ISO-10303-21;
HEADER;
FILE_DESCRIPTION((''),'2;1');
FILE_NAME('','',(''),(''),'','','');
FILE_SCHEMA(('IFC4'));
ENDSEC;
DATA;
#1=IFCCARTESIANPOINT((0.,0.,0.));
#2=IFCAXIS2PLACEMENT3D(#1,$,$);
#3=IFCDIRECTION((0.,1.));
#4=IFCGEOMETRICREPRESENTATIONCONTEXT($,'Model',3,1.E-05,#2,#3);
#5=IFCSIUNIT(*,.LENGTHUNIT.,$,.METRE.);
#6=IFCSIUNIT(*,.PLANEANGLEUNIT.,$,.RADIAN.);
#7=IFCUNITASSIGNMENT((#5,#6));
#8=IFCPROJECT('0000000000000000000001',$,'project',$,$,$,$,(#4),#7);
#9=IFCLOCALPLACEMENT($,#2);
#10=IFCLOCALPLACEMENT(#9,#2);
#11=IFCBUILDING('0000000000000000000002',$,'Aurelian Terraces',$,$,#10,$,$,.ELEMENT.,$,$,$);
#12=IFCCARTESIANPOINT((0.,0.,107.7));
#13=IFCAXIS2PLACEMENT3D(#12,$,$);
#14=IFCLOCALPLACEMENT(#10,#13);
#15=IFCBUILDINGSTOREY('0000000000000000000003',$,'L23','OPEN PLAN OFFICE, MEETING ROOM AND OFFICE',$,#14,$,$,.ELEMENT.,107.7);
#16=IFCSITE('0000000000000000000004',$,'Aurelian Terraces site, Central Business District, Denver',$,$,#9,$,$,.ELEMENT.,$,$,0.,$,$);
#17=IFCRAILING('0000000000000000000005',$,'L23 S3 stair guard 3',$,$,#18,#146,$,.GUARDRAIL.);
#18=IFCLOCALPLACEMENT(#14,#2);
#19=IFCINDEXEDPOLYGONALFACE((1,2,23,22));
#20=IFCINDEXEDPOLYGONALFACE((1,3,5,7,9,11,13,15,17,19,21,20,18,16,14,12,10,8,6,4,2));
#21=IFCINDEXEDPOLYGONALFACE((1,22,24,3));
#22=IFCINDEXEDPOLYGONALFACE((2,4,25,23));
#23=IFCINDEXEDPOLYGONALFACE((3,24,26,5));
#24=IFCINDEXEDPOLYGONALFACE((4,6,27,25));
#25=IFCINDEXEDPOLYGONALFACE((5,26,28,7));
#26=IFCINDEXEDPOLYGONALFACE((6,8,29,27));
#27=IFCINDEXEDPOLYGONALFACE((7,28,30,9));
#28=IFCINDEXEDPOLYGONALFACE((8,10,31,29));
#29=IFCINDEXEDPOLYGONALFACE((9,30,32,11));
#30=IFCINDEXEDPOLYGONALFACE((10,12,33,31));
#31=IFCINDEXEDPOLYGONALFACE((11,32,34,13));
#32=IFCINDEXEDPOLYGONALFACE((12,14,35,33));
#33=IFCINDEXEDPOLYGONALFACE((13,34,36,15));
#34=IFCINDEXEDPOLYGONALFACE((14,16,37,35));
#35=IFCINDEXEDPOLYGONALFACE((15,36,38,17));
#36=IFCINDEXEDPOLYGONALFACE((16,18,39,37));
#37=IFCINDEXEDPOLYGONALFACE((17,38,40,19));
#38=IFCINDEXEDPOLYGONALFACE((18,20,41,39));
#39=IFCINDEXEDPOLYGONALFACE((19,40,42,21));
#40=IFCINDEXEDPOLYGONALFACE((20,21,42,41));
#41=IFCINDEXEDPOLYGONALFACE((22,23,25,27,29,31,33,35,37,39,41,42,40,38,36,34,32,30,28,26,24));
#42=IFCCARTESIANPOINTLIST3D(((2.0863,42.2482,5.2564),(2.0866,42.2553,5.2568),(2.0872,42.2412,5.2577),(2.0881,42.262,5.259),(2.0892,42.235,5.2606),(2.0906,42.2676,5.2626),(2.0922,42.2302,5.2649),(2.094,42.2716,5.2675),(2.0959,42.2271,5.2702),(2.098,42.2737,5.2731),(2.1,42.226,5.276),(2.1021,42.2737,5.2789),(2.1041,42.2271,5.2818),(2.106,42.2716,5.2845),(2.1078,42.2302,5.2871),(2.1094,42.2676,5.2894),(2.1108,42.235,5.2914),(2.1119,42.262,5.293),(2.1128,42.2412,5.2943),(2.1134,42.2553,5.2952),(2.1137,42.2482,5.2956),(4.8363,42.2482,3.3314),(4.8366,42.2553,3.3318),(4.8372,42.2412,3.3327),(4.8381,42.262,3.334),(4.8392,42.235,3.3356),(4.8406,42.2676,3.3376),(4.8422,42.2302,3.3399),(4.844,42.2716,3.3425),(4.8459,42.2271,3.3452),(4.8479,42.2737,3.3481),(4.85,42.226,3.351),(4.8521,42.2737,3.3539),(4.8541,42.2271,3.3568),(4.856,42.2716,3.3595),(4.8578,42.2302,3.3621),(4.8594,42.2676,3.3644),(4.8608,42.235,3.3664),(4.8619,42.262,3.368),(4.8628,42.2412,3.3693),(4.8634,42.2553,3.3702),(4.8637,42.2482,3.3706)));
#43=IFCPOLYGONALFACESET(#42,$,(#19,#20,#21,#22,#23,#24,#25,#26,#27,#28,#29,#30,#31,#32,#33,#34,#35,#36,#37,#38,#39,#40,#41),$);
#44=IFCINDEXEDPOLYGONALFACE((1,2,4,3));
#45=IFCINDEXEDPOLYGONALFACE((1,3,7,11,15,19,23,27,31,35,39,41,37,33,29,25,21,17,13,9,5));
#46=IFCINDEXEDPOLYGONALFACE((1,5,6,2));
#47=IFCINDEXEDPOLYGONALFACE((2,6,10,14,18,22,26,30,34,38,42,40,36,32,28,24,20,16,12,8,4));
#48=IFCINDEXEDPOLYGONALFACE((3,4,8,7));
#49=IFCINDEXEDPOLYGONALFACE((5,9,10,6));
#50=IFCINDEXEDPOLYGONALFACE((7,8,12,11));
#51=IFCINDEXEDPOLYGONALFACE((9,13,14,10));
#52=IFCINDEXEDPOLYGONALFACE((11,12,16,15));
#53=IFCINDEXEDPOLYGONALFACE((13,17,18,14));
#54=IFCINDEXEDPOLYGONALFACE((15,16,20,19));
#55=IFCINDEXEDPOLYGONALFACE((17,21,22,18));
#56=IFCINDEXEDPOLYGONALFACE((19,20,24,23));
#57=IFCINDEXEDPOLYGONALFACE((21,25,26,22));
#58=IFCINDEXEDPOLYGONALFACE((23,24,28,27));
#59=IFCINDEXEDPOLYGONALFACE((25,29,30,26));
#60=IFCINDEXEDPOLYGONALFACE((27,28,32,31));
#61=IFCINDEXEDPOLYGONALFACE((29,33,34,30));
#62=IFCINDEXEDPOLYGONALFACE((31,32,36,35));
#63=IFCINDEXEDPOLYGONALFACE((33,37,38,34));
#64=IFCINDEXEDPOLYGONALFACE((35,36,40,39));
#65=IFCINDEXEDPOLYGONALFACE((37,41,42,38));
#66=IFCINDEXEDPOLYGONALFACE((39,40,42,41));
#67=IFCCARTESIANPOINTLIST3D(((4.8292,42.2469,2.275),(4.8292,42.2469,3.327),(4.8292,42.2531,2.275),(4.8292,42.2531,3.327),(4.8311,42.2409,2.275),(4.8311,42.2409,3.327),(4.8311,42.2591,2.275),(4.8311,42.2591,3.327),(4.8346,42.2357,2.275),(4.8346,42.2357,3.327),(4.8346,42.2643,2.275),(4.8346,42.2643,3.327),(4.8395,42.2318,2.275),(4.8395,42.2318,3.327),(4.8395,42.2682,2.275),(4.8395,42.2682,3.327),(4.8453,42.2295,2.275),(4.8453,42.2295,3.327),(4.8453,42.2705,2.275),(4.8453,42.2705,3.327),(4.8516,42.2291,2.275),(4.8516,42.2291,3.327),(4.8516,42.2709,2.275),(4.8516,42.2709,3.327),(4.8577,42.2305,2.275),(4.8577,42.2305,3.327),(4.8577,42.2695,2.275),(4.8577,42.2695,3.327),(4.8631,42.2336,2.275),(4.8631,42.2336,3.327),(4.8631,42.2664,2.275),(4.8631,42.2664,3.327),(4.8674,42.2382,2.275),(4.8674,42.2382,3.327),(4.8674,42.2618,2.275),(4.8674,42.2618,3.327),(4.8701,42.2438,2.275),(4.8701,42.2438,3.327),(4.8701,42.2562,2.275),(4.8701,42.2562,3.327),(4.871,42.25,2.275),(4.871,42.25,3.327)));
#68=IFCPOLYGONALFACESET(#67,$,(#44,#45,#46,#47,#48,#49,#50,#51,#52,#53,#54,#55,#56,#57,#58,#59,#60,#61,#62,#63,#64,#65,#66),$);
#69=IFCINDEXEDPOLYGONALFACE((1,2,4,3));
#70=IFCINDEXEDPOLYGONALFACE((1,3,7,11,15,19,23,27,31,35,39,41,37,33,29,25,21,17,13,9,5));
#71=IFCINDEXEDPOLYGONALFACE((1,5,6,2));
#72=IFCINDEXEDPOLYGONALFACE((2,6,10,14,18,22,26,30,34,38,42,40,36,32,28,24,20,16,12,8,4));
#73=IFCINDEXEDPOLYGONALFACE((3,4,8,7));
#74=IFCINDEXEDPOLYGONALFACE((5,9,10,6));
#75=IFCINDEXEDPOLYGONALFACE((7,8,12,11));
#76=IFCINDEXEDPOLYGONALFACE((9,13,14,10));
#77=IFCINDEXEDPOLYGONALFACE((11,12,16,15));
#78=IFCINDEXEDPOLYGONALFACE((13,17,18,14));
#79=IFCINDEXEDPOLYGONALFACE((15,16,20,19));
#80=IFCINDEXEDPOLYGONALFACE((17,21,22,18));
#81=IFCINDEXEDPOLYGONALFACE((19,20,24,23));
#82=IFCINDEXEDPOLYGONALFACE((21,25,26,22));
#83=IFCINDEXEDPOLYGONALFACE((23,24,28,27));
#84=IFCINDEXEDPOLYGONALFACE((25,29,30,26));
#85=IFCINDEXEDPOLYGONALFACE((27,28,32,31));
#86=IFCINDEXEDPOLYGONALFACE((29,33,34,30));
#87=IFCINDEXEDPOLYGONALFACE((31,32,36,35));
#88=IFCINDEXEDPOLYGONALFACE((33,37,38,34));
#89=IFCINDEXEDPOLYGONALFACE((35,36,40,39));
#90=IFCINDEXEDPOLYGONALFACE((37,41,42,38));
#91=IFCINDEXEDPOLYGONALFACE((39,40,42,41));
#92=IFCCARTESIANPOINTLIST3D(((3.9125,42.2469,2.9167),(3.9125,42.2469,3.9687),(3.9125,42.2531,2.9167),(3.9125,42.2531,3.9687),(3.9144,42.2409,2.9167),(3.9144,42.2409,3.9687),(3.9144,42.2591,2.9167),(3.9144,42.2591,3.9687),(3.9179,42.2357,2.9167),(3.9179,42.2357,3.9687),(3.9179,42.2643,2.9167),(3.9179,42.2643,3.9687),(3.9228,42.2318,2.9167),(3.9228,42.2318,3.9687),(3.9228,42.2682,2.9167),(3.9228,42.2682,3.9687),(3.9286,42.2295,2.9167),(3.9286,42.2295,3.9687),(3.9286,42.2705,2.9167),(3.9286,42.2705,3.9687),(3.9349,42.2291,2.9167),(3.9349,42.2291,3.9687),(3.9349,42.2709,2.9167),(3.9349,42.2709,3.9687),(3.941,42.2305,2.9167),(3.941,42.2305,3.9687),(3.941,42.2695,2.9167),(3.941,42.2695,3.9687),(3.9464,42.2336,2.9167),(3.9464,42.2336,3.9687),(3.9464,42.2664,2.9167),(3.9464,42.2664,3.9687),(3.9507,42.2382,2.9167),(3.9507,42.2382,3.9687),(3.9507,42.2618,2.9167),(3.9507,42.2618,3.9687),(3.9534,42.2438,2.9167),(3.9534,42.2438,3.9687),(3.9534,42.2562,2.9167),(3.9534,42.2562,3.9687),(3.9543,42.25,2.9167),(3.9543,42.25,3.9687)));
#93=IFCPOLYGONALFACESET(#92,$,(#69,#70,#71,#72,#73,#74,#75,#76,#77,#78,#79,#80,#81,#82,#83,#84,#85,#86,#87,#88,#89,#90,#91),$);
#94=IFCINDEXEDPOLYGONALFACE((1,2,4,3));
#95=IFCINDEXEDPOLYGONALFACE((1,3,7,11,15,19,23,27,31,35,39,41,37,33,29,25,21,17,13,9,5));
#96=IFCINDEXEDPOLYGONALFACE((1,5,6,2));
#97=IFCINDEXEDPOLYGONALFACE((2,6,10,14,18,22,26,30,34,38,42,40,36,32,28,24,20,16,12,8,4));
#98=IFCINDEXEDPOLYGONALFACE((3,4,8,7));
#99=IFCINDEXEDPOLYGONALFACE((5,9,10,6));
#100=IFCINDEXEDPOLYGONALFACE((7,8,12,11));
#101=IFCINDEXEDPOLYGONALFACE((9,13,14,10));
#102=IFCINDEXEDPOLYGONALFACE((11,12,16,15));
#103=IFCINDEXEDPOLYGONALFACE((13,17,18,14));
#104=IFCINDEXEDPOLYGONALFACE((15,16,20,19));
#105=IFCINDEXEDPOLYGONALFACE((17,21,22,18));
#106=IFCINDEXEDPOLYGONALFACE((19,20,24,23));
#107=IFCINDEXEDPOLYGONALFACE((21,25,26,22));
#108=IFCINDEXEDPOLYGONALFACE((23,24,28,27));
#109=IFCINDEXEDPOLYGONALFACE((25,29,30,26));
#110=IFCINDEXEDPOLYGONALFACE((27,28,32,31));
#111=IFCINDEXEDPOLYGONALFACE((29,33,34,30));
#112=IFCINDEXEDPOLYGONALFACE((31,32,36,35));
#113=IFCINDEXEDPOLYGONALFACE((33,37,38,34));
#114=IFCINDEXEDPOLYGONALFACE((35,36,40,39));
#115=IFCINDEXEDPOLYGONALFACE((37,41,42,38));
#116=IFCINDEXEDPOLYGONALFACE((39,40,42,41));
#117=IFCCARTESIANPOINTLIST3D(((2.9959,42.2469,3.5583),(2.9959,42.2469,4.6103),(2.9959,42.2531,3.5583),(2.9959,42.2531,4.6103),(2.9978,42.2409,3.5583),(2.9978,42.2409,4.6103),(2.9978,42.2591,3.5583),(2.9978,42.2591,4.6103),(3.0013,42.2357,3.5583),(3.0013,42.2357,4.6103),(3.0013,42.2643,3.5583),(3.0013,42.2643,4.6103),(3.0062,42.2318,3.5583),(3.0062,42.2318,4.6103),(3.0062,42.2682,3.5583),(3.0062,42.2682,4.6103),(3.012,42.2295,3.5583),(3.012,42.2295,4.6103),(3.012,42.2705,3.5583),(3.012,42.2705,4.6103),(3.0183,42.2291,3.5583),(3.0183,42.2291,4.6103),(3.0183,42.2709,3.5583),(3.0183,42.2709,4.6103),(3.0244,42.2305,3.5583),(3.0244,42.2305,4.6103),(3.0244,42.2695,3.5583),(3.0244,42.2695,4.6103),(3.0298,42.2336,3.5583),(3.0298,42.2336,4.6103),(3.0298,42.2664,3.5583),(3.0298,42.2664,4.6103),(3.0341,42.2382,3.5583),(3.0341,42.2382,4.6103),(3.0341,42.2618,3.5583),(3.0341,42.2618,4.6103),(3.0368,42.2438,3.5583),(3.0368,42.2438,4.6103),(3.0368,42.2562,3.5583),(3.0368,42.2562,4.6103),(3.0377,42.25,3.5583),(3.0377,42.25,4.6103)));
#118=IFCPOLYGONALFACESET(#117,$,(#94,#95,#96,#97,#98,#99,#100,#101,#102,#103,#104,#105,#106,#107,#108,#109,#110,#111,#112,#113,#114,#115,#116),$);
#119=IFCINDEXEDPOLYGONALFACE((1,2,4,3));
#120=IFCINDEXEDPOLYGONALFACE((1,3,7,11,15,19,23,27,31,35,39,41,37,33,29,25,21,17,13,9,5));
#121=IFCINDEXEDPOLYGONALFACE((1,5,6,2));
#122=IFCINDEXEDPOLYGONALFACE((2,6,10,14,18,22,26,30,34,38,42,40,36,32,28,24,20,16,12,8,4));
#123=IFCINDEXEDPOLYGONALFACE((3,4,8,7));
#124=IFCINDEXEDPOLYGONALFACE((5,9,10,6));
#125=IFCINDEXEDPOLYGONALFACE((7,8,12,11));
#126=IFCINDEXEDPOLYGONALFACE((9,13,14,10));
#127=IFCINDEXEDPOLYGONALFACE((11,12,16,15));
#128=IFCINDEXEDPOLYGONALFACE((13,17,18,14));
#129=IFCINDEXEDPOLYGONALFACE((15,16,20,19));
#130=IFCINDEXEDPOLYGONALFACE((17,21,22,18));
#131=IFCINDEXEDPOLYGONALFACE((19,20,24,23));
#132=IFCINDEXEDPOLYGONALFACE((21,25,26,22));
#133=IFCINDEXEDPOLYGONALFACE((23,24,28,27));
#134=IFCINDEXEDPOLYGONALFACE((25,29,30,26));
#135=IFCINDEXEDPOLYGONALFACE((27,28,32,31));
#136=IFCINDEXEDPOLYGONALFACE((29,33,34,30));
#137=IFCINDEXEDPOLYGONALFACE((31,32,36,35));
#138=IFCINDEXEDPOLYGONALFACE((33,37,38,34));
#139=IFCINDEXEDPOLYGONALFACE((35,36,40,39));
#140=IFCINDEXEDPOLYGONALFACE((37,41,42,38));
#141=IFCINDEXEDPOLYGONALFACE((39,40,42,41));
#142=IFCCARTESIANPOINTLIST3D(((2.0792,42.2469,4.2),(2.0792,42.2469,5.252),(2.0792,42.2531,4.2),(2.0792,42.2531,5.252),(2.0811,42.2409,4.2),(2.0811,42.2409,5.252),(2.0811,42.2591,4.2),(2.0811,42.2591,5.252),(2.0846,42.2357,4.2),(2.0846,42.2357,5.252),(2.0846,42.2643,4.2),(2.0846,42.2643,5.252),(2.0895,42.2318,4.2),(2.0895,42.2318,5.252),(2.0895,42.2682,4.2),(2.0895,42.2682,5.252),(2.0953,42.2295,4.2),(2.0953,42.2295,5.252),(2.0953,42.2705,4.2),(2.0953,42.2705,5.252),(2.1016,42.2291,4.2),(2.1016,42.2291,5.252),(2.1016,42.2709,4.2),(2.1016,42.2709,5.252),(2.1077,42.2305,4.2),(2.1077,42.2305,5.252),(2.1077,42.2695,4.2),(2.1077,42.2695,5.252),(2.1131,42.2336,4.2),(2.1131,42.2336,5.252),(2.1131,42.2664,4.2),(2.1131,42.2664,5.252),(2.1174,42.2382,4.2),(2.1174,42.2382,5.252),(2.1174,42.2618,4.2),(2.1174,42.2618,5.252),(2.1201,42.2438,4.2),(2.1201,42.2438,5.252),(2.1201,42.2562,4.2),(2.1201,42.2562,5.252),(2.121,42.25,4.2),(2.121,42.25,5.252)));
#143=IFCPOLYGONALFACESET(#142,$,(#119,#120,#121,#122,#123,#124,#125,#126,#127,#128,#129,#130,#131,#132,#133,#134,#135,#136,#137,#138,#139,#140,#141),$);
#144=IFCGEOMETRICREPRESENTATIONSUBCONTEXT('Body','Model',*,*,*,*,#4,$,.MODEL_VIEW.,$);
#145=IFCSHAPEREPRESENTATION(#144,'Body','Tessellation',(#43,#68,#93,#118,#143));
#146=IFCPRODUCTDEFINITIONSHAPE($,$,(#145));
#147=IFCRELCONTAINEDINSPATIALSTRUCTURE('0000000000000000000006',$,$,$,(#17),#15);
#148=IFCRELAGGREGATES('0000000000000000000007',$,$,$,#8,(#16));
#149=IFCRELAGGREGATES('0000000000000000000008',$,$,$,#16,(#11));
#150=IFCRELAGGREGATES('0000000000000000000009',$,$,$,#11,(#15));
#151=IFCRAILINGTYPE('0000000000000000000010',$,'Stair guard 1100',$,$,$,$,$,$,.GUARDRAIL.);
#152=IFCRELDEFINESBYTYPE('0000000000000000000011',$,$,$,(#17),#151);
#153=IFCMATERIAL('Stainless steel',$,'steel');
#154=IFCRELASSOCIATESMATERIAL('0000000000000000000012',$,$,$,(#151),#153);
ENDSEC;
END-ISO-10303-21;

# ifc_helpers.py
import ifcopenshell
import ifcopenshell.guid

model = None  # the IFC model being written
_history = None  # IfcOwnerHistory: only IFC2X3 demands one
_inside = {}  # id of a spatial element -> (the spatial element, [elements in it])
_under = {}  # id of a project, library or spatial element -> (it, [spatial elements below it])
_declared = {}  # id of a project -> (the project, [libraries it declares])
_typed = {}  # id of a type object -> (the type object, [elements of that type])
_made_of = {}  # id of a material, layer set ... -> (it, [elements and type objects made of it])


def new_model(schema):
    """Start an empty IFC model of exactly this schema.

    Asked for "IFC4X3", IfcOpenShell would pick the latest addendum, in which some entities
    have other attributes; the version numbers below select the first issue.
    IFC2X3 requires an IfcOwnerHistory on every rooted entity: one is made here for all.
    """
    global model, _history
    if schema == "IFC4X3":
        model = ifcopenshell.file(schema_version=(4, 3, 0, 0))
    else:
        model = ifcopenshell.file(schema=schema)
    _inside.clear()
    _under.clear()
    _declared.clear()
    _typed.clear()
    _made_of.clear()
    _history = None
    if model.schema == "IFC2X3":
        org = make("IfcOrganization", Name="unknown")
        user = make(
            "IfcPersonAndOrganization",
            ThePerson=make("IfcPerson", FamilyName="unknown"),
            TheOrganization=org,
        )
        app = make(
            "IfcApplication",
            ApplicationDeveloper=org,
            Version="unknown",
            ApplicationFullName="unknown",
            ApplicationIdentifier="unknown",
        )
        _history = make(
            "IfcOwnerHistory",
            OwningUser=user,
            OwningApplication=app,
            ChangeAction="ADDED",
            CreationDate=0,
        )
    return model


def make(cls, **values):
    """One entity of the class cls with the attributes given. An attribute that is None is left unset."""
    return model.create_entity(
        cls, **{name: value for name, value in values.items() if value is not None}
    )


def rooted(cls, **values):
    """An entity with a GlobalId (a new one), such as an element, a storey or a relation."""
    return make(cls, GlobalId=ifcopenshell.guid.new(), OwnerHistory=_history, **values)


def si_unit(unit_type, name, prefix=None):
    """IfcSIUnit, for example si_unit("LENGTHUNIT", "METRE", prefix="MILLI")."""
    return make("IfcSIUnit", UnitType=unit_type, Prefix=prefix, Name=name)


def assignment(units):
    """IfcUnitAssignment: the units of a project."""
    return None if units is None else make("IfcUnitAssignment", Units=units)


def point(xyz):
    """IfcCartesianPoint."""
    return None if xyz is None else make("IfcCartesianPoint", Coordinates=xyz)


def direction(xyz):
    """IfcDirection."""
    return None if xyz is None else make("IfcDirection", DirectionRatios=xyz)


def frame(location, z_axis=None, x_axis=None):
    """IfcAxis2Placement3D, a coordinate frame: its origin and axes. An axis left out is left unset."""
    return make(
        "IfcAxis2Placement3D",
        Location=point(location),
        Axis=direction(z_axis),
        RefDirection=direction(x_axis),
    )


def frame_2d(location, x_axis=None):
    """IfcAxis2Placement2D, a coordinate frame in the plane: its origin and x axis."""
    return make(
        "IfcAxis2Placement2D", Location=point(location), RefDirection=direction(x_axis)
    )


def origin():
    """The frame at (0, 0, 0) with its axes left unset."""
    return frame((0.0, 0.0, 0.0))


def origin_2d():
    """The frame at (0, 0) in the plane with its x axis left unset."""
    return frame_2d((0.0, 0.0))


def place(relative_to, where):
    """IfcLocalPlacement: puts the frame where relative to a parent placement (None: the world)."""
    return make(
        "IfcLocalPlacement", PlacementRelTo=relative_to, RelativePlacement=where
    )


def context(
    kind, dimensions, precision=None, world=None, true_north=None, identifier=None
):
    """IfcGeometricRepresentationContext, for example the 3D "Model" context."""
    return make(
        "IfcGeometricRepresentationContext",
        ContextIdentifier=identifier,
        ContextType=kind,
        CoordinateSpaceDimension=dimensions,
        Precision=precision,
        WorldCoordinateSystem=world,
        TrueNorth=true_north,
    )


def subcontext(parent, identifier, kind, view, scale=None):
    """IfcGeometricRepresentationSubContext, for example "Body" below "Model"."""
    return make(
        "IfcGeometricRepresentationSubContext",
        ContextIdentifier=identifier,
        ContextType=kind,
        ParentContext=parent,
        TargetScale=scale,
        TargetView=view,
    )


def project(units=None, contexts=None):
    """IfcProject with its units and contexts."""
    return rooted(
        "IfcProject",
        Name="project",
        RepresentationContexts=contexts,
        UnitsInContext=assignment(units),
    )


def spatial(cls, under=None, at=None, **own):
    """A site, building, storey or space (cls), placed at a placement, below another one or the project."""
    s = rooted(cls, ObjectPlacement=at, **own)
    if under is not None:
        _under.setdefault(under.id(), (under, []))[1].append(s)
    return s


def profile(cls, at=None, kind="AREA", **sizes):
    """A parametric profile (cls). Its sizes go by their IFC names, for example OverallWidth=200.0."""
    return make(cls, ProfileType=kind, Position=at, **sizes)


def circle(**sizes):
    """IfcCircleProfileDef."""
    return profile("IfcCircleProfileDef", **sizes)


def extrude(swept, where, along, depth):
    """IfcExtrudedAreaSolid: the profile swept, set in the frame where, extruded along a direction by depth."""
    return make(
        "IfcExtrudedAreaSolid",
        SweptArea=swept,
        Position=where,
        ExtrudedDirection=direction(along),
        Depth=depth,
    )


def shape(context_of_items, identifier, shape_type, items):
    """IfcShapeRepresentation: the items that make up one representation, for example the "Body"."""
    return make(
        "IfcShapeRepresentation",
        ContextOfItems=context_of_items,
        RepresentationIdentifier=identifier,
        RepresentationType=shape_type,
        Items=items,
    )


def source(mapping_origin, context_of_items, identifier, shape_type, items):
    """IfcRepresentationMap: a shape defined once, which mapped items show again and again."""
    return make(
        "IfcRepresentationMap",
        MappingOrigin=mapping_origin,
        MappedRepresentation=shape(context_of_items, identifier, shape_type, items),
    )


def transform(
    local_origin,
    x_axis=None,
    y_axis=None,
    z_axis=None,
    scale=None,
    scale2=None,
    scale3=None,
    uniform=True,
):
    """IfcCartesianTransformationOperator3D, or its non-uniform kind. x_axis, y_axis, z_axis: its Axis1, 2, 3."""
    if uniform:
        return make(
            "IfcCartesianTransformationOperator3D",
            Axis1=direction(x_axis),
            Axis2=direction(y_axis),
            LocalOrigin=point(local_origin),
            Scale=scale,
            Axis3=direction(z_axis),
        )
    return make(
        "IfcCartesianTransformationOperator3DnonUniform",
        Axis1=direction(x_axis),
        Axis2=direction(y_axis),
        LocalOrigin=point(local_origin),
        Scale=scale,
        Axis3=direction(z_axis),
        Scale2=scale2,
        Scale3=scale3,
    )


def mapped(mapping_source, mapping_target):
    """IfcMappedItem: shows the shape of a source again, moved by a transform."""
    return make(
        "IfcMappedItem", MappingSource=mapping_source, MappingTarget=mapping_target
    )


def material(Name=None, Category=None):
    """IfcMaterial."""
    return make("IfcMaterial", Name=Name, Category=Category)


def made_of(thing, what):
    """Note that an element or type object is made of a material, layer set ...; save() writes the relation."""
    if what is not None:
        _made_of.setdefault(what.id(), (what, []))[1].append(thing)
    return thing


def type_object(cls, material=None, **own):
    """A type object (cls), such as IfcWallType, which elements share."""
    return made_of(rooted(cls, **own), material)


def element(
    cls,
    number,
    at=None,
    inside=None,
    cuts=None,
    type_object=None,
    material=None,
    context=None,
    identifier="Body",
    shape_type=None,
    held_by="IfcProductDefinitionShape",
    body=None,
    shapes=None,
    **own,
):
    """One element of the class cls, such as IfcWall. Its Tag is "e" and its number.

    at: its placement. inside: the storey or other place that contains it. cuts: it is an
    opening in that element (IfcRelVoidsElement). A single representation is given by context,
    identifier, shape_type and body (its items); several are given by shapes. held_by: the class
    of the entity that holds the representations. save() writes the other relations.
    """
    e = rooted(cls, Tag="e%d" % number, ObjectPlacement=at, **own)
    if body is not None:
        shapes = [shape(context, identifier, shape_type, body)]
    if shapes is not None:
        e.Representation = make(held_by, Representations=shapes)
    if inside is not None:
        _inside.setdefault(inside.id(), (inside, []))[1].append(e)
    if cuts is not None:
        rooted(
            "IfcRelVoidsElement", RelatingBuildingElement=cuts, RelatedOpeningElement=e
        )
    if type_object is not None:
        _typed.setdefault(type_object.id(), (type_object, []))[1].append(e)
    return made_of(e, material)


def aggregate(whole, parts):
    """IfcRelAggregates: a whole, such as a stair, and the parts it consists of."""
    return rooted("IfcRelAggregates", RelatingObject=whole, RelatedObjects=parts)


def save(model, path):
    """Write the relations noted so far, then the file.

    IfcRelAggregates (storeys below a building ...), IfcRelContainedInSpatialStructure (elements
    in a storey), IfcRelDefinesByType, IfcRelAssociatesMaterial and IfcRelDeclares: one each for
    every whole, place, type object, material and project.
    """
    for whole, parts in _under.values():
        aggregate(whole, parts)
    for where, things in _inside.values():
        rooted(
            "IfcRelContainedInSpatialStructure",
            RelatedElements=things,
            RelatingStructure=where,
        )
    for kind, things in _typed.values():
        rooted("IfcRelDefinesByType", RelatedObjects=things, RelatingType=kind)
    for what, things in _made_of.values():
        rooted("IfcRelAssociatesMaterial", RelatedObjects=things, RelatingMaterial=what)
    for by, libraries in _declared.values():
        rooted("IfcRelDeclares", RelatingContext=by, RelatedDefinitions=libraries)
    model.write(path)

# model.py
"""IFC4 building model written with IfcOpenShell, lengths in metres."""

from ifc_helpers import new_model, si_unit, direction, frame, origin, origin_2d, place, context, subcontext, project, spatial, circle, extrude, source, transform, mapped, material, type_object, element, save


model = new_model("IFC4")

# Units and contexts
model_context = context("Model", 3, precision=1e-05, world=origin(), true_north=direction((0.0, 1.0)))
body_context = subcontext(model_context, "Body", "Model", "MODEL_VIEW")
ifc_project = project(units=[si_unit("LENGTHUNIT", "METRE"), si_unit("PLANEANGLEUNIT", "RADIAN")], contexts=[model_context])

# Site, building, storey
site_placement = place(None, origin())
site = spatial("IfcSite", under=ifc_project, at=site_placement, Name="Aurelian Terraces site, Central Business District, Denver", CompositionType="ELEMENT", RefElevation=0.0)
building_placement = place(site_placement, origin())
building = spatial("IfcBuilding", under=site, at=building_placement, Name="Aurelian Terraces", CompositionType="ELEMENT")
storey_placement = place(building_placement, frame((0.0, 0.0, 107.7)))
storey = spatial("IfcBuildingStorey", under=building, at=storey_placement, Name="L23", Description="OPEN PLAN OFFICE, MEETING ROOM AND OFFICE", CompositionType="ELEMENT", Elevation=107.7)

# Railing
ifc_material_1 = material(Name="Stainless steel", Category="steel")
railing_type_1 = type_object("IfcRailingType", Name="Stair guard 1100", PredefinedType="GUARDRAIL", material=ifc_material_1)
shared_shape_1 = source(origin(), body_context, "Body", "SweptSolid", [
    extrude(circle(Radius=0.024, at=origin_2d()), frame((0.0, 0.0, 1.076), z_axis=(-0.819232, 0.0, 0.573462), x_axis=(0.0, -1.0, 0.0)), (0.0, 0.0, 1.0), 3.3568),
    extrude(circle(Radius=0.021, at=origin_2d()), origin(), (0.0, 0.0, 1.0), 1.052),
    extrude(circle(Radius=0.021, at=origin_2d()), frame((-0.9167, 0.0, 0.6417)), (0.0, 0.0, 1.0), 1.052),
    extrude(circle(Radius=0.021, at=origin_2d()), frame((-1.8333, 0.0, 1.2833)), (0.0, 0.0, 1.0), 1.052),
    extrude(circle(Radius=0.021, at=origin_2d()), frame((-2.75, 0.0, 1.925)), (0.0, 0.0, 1.0), 1.052),
])
railing_1_placement = place(storey_placement, frame((4.85, 42.25, 2.275)))
element("IfcRailing", 1, at=railing_1_placement, inside=storey, type_object=railing_type_1, Name="L23 S3 stair guard 3", PredefinedType="GUARDRAIL", context=body_context, shape_type="MappedRepresentation", body=[
    mapped(shared_shape_1, transform((0.0, 0.0, 0.0), scale=1.0)),
])

save(model, "model.ifc")
